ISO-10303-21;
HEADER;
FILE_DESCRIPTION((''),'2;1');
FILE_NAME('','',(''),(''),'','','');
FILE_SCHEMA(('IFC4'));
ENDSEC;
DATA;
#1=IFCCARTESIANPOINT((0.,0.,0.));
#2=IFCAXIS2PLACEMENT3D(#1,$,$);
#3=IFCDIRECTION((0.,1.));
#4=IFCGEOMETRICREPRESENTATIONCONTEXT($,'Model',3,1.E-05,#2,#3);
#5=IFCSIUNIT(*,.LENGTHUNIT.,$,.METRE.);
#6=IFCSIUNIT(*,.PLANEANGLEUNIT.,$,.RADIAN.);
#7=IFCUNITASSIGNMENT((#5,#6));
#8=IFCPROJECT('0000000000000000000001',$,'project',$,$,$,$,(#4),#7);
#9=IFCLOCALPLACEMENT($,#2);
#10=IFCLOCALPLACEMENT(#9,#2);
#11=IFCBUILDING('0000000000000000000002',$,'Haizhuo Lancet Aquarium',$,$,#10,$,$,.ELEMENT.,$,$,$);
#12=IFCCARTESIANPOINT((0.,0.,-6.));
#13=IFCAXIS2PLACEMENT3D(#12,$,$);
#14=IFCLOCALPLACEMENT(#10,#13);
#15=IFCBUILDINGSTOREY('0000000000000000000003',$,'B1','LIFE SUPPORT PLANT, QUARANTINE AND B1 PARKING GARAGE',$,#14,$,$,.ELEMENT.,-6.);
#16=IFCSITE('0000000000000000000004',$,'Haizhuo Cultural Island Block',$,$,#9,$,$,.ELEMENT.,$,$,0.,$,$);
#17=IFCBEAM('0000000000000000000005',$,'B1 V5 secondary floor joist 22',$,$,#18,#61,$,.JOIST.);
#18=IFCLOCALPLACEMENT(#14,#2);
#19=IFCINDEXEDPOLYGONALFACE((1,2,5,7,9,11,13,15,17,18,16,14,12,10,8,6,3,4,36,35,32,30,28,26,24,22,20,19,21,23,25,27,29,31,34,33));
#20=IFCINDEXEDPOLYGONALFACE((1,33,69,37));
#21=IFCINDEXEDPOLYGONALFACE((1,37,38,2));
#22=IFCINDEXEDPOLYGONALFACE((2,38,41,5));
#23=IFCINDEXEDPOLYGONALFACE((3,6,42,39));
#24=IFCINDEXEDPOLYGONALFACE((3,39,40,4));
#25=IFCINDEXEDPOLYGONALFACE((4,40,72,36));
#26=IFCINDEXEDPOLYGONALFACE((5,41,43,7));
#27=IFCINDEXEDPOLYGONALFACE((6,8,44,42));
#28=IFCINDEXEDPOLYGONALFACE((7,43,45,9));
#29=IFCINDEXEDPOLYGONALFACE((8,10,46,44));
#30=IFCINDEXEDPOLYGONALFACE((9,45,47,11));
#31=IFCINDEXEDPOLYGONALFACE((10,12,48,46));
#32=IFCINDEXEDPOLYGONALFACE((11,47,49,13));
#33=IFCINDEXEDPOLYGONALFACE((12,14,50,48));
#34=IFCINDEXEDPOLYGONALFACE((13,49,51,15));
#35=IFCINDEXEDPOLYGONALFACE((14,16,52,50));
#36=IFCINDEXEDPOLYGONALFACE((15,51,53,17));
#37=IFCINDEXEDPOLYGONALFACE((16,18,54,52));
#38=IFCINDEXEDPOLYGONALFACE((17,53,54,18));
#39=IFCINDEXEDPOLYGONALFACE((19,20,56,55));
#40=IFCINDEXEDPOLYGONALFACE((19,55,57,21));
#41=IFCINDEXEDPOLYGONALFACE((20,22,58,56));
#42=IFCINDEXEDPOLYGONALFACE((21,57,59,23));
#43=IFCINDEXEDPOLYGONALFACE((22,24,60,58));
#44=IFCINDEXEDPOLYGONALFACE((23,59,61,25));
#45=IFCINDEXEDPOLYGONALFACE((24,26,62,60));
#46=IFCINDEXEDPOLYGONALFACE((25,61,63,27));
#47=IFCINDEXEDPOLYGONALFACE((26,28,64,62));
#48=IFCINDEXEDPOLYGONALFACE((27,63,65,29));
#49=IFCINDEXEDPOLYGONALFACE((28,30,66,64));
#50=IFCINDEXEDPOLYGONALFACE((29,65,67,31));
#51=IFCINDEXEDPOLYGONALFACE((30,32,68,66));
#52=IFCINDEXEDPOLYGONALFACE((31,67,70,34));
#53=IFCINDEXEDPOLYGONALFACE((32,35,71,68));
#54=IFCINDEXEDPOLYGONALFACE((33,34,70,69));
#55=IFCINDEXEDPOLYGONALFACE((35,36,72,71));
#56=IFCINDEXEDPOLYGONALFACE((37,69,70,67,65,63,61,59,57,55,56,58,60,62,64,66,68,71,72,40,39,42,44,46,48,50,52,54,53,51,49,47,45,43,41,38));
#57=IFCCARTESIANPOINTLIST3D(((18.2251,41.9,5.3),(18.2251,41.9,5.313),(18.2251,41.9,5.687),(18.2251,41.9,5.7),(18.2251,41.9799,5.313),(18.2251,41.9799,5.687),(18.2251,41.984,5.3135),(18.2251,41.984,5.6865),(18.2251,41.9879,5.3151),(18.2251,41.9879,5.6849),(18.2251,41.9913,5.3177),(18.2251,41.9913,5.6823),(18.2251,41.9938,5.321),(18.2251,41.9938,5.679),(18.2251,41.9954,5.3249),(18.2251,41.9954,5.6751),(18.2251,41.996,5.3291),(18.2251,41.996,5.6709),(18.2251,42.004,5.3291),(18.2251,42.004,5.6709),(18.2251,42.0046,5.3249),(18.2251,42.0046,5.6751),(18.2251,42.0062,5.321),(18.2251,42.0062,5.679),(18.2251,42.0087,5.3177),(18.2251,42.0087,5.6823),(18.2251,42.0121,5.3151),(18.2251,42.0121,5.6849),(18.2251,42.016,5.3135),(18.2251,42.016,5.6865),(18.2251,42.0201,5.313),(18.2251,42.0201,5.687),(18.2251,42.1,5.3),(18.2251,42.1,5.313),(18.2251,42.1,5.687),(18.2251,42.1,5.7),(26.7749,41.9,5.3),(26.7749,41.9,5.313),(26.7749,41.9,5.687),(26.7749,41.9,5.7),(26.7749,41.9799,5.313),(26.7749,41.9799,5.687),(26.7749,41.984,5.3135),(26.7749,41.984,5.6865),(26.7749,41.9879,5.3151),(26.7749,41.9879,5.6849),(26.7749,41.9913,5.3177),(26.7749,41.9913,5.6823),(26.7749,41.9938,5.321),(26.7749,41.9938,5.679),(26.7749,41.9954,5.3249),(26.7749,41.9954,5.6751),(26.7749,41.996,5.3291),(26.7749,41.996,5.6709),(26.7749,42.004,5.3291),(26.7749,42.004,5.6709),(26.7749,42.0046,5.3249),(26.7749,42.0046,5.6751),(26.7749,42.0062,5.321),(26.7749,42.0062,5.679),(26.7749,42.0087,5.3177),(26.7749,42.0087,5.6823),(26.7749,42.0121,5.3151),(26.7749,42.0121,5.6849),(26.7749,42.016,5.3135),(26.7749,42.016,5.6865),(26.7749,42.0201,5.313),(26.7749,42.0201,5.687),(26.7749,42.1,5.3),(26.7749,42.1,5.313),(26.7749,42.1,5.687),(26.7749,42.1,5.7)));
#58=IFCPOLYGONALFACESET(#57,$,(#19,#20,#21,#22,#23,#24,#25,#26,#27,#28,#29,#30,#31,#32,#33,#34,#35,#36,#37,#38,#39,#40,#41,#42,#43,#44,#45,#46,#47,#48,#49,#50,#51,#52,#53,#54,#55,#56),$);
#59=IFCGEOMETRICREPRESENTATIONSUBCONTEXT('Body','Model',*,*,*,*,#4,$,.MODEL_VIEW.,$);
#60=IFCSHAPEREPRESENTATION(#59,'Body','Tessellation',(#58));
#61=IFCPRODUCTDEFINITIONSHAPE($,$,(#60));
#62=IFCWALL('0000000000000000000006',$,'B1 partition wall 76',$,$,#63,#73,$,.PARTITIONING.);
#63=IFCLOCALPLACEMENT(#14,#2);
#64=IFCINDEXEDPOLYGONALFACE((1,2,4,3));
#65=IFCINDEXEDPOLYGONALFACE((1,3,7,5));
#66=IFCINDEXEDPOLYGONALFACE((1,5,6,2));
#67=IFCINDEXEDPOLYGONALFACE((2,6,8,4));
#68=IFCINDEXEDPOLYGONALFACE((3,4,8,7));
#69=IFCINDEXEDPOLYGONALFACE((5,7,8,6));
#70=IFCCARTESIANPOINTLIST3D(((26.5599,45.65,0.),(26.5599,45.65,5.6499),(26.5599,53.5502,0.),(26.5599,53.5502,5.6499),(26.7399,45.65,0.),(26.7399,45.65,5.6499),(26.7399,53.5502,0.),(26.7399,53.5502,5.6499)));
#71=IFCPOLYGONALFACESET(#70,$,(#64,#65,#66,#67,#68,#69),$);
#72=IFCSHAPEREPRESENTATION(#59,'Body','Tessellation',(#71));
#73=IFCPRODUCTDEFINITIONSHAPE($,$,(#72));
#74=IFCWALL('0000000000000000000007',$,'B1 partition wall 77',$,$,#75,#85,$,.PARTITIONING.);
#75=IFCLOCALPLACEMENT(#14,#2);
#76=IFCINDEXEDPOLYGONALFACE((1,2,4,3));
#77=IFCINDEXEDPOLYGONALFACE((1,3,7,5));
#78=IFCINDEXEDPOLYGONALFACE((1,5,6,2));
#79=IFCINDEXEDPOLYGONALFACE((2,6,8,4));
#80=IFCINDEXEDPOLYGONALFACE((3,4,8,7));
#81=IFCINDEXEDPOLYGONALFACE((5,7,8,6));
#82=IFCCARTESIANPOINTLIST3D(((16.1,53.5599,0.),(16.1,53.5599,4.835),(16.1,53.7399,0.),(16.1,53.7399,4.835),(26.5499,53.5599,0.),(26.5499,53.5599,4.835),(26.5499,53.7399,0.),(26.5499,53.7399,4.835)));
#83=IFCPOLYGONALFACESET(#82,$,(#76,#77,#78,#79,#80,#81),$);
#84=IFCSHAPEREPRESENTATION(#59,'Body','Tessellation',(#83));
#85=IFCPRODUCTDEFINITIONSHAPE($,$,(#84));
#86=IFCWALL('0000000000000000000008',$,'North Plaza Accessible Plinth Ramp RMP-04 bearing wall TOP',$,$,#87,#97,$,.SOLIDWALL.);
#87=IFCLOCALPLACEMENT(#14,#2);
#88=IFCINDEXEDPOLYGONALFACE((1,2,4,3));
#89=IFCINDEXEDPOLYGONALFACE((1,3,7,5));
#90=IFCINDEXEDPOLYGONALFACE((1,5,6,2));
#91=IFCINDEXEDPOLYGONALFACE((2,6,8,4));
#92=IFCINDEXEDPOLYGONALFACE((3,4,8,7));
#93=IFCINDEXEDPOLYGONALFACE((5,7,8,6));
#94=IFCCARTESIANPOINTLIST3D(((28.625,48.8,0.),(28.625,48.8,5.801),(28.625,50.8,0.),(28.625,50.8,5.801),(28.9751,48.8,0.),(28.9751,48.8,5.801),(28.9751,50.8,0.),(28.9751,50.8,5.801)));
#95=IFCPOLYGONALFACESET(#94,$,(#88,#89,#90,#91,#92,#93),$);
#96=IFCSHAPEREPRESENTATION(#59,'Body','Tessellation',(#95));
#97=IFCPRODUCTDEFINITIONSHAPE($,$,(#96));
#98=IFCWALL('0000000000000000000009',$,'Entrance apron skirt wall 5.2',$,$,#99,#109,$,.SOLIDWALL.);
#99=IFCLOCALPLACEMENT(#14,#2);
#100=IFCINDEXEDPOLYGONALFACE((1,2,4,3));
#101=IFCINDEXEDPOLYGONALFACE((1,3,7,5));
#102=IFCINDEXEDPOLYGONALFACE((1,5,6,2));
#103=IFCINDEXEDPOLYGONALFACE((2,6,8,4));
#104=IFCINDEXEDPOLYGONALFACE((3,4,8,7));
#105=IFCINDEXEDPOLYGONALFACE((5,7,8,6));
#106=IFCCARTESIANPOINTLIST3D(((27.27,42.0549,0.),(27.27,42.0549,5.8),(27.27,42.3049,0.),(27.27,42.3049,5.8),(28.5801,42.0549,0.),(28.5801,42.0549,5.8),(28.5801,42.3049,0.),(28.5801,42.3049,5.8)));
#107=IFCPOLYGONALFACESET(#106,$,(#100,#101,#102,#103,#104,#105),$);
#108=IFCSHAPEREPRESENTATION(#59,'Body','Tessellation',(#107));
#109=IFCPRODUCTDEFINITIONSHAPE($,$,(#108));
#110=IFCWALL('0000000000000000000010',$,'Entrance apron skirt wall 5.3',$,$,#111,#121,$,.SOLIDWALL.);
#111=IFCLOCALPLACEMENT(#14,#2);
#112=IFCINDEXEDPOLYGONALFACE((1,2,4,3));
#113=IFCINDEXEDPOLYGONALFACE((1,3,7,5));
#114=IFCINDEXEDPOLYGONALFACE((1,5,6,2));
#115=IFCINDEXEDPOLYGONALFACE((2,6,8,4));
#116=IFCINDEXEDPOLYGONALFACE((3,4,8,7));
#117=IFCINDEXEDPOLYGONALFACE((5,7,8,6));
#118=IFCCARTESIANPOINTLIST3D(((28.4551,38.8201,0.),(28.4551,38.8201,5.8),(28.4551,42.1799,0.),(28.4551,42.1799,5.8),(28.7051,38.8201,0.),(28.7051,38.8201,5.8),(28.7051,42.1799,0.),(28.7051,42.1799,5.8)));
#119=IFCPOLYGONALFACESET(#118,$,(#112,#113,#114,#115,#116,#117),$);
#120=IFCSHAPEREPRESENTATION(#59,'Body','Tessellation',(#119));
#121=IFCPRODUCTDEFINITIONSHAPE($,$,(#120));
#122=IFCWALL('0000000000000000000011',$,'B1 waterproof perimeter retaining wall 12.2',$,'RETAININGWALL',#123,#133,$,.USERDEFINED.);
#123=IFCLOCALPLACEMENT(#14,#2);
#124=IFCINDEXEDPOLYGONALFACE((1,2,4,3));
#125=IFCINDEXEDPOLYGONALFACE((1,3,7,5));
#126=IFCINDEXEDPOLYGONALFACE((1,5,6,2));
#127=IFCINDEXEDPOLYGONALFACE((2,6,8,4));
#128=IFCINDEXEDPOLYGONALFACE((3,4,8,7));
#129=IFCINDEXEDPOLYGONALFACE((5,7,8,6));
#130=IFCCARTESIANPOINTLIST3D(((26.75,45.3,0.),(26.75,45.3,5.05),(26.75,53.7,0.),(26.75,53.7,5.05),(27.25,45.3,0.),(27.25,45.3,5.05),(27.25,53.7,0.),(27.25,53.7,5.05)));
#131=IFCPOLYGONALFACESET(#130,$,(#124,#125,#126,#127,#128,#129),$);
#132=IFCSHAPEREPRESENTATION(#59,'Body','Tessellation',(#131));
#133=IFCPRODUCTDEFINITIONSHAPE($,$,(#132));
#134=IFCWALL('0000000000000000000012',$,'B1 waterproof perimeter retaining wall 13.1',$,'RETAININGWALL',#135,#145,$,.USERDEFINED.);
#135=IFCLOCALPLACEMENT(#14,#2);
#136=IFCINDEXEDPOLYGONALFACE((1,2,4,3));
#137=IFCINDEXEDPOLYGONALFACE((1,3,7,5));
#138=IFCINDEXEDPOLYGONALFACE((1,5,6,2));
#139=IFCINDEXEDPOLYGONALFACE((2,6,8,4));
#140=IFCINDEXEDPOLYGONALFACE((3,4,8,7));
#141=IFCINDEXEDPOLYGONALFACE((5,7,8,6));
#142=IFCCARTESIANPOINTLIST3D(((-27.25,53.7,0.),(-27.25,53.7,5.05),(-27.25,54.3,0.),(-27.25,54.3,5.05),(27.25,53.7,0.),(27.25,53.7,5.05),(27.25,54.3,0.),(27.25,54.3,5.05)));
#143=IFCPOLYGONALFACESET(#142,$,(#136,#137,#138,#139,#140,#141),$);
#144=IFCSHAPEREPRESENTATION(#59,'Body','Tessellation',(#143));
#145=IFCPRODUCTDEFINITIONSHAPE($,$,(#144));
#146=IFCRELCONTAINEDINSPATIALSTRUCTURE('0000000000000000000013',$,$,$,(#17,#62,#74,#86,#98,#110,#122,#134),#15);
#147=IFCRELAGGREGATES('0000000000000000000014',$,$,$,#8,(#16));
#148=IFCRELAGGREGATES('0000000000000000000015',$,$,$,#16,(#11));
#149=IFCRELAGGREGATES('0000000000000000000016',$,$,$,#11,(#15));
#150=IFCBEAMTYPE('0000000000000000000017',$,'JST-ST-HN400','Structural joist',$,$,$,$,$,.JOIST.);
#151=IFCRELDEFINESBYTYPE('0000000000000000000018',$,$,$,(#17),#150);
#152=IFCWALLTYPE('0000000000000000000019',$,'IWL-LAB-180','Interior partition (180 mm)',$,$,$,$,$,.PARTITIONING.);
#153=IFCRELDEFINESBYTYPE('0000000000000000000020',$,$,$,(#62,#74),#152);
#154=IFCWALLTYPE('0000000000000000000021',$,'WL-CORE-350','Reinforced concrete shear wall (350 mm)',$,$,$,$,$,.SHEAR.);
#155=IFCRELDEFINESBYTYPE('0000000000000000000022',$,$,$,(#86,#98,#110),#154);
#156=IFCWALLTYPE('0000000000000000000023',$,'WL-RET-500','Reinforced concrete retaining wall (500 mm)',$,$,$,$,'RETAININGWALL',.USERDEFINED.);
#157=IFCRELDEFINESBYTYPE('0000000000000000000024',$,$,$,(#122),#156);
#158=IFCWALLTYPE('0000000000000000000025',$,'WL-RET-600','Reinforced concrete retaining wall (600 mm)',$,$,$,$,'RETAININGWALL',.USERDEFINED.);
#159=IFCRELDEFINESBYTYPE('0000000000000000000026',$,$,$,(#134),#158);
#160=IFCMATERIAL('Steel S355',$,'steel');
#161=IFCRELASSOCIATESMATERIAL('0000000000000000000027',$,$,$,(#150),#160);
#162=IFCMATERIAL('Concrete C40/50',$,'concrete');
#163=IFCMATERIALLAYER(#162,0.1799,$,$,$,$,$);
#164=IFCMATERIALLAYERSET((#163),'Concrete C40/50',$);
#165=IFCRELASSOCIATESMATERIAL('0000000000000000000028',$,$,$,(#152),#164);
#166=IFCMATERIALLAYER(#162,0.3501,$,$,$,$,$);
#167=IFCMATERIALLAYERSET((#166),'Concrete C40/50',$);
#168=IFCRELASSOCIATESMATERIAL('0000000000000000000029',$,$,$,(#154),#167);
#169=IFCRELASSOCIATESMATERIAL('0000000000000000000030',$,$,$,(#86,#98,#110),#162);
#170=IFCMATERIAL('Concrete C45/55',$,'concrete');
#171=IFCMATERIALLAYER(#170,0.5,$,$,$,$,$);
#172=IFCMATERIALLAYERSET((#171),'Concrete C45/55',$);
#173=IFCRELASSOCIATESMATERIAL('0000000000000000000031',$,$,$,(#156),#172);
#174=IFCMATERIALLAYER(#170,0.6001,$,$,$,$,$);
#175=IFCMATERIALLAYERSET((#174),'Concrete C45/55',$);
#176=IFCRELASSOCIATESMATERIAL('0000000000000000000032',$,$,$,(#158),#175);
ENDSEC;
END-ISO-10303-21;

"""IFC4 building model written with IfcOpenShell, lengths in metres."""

from ifc_helpers import new_model, si_unit, direction, frame, frame_2d, origin, origin_2d, place, context, subcontext, project, spatial, rectangle, i_section, extrude, material, layer, layer_set, material_profile, profile_set, type_object, element, save


model = new_model("IFC4")

# Units and contexts
model_context = context("Model", 3, precision=1e-05, world=origin(), true_north=direction((0.0, 1.0)))
body_context = subcontext(model_context, "Body", "Model", "MODEL_VIEW")
ifc_project = project(units=[si_unit("LENGTHUNIT", "METRE"), si_unit("PLANEANGLEUNIT", "RADIAN")], contexts=[model_context])

# Site, building, storey
site_placement = place(None, origin())
site = spatial("IfcSite", under=ifc_project, at=site_placement, Name="Haizhuo Cultural Island Block", CompositionType="ELEMENT", RefElevation=0.0)
building_placement = place(site_placement, origin())
building = spatial("IfcBuilding", under=site, at=building_placement, Name="Haizhuo Lancet Aquarium", CompositionType="ELEMENT")
storey_placement = place(building_placement, frame((0.0, 0.0, -6.0)))
storey = spatial("IfcBuildingStorey", under=building, at=storey_placement, Name="B1", Description="LIFE SUPPORT PLANT, QUARANTINE AND B1 PARKING GARAGE", CompositionType="ELEMENT", Elevation=-6.0)

# Shared definitions
ifc_material_1 = material(Name="Concrete C40/50", Category="concrete")

# Shared definitions
ifc_material_2 = material(Name="Concrete C45/55", Category="concrete")

# Beam
ifc_material_3 = material(Name="Steel S355", Category="steel")
ifc_material_profile_1 = material_profile(ifc_material_3, i_section(OverallWidth=0.2, OverallDepth=0.3999, WebThickness=0.0081, FlangeThickness=0.0129, FilletRadius=0.0161, at=origin_2d()), Name="HN 400x200x8x13")
ifc_profile_set_1 = profile_set([ifc_material_profile_1], Name="Steel S355")
beam_type_1 = type_object("IfcBeamType", Name="JST-ST-HN400", Description="Structural joist", PredefinedType="JOIST", material=ifc_profile_set_1)
beam_1_placement = place(storey_placement, frame((18.2251, 42.0, 5.5), z_axis=(1.0, 0.0, 0.0), x_axis=(0.0, 1.0, 0.0)))
element("IfcBeam", 1, at=beam_1_placement, inside=storey, type_object=beam_type_1, Name="B1 V5 secondary floor joist 22", PredefinedType="JOIST", context=body_context, shape_type="SweptSolid", body=[
    extrude(i_section(OverallWidth=0.2, OverallDepth=0.3999, WebThickness=0.0081, FlangeThickness=0.0129, FilletRadius=0.0161, at=origin_2d()), origin(), (0.0, 0.0, 1.0), 8.5498),
])

# Walls
ifc_layer_1 = layer(ifc_material_1, 0.1799)
ifc_layer_set_1 = layer_set([ifc_layer_1], Name="Concrete C40/50")
wall_type_1 = type_object("IfcWallType", Name="IWL-LAB-180", Description="Interior partition (180 mm)", PredefinedType="PARTITIONING", material=ifc_layer_set_1)
wall_1_placement = place(storey_placement, frame((26.6499, 45.6499, 0.0), z_axis=(0.0, 0.0, 1.0), x_axis=(0.0, 1.0, 0.0)))
element("IfcWall", 2, at=wall_1_placement, inside=storey, type_object=wall_type_1, Name="B1 partition wall 76", PredefinedType="PARTITIONING", context=body_context, shape_type="SweptSolid", body=[
    extrude(rectangle(XDim=7.9001, YDim=0.1799, at=frame_2d((3.9502, 0.0))), origin(), (0.0, 0.0, 1.0), 5.6499),
])
wall_2_placement = place(storey_placement, frame((26.55, 53.6499, 0.0), z_axis=(0.0, 0.0, 1.0), x_axis=(-1.0, 0.0, 0.0)))
element("IfcWall", 3, at=wall_2_placement, inside=storey, type_object=wall_type_1, Name="B1 partition wall 77", PredefinedType="PARTITIONING", context=body_context, shape_type="SweptSolid", body=[
    extrude(rectangle(XDim=10.45, YDim=0.1799, at=frame_2d((5.2251, 0.0))), origin(), (0.0, 0.0, 1.0), 4.835),
])
ifc_layer_2 = layer(ifc_material_1, 0.3501)
ifc_layer_set_2 = layer_set([ifc_layer_2], Name="Concrete C40/50")
wall_type_2 = type_object("IfcWallType", Name="WL-CORE-350", Description="Reinforced concrete shear wall (350 mm)", PredefinedType="SHEAR", material=ifc_layer_set_2)
wall_3_placement = place(storey_placement, frame((28.8, 48.8, 0.0), z_axis=(0.0, 0.0, 1.0), x_axis=(0.0, 1.0, 0.0)))
element("IfcWall", 4, at=wall_3_placement, inside=storey, type_object=wall_type_2, material=ifc_material_1, Name="North Plaza Accessible Plinth Ramp RMP-04 bearing wall TOP", PredefinedType="SOLIDWALL", context=body_context, shape_type="SweptSolid", body=[
    extrude(rectangle(XDim=2.0, YDim=0.3501, at=frame_2d((1.0, 0.0))), origin(), (0.0, 0.0, 1.0), 5.801),
])
wall_4_placement = place(storey_placement, frame((27.27, 42.1799, 0.0), z_axis=(0.0, 0.0, 1.0), x_axis=(1.0, 0.0, 0.0)))
element("IfcWall", 5, at=wall_4_placement, inside=storey, type_object=wall_type_2, material=ifc_material_1, Name="Entrance apron skirt wall 5.2", PredefinedType="SOLIDWALL", context=body_context, shape_type="SweptSolid", body=[
    extrude(rectangle(XDim=1.3101, YDim=0.25, at=frame_2d((0.655, 0.0))), origin(), (0.0, 0.0, 1.0), 5.8),
])
wall_5_placement = place(storey_placement, frame((28.5801, 42.1799, 0.0), z_axis=(0.0, 0.0, 1.0), x_axis=(0.0, -1.0, 0.0)))
element("IfcWall", 6, at=wall_5_placement, inside=storey, type_object=wall_type_2, material=ifc_material_1, Name="Entrance apron skirt wall 5.3", PredefinedType="SOLIDWALL", context=body_context, shape_type="SweptSolid", body=[
    extrude(rectangle(XDim=3.3599, YDim=0.25, at=frame_2d((1.6799, 0.0))), origin(), (0.0, 0.0, 1.0), 5.8),
])
ifc_layer_3 = layer(ifc_material_2, 0.5)
ifc_layer_set_3 = layer_set([ifc_layer_3], Name="Concrete C45/55")
wall_type_3 = type_object("IfcWallType", Name="WL-RET-500", Description="Reinforced concrete retaining wall (500 mm)", ElementType="RETAININGWALL", PredefinedType="USERDEFINED", material=ifc_layer_set_3)
wall_6_placement = place(storey_placement, frame((27.0, 45.3, 0.0), z_axis=(0.0, 0.0, 1.0), x_axis=(0.0, 1.0, 0.0)))
element("IfcWall", 7, at=wall_6_placement, inside=storey, type_object=wall_type_3, Name="B1 waterproof perimeter retaining wall 12.2", ObjectType="RETAININGWALL", PredefinedType="USERDEFINED", context=body_context, shape_type="SweptSolid", body=[
    extrude(rectangle(XDim=8.3999, YDim=0.5, at=frame_2d((4.2, 0.0))), origin(), (0.0, 0.0, 1.0), 5.05),
])
ifc_layer_4 = layer(ifc_material_2, 0.6001)
ifc_layer_set_4 = layer_set([ifc_layer_4], Name="Concrete C45/55")
wall_type_4 = type_object("IfcWallType", Name="WL-RET-600", Description="Reinforced concrete retaining wall (600 mm)", ElementType="RETAININGWALL", PredefinedType="USERDEFINED", material=ifc_layer_set_4)
wall_7_placement = place(storey_placement, frame((27.25, 54.0, 0.0), z_axis=(0.0, 0.0, 1.0), x_axis=(-1.0, 0.0, 0.0)))
element("IfcWall", 8, at=wall_7_placement, inside=storey, type_object=wall_type_4, Name="B1 waterproof perimeter retaining wall 13.1", ObjectType="RETAININGWALL", PredefinedType="USERDEFINED", context=body_context, shape_type="SweptSolid", body=[
    extrude(rectangle(XDim=54.5, YDim=0.6001, at=frame_2d((27.25, 0.0))), origin(), (0.0, 0.0, 1.0), 5.05),
])

save(model, "model.ifc")
